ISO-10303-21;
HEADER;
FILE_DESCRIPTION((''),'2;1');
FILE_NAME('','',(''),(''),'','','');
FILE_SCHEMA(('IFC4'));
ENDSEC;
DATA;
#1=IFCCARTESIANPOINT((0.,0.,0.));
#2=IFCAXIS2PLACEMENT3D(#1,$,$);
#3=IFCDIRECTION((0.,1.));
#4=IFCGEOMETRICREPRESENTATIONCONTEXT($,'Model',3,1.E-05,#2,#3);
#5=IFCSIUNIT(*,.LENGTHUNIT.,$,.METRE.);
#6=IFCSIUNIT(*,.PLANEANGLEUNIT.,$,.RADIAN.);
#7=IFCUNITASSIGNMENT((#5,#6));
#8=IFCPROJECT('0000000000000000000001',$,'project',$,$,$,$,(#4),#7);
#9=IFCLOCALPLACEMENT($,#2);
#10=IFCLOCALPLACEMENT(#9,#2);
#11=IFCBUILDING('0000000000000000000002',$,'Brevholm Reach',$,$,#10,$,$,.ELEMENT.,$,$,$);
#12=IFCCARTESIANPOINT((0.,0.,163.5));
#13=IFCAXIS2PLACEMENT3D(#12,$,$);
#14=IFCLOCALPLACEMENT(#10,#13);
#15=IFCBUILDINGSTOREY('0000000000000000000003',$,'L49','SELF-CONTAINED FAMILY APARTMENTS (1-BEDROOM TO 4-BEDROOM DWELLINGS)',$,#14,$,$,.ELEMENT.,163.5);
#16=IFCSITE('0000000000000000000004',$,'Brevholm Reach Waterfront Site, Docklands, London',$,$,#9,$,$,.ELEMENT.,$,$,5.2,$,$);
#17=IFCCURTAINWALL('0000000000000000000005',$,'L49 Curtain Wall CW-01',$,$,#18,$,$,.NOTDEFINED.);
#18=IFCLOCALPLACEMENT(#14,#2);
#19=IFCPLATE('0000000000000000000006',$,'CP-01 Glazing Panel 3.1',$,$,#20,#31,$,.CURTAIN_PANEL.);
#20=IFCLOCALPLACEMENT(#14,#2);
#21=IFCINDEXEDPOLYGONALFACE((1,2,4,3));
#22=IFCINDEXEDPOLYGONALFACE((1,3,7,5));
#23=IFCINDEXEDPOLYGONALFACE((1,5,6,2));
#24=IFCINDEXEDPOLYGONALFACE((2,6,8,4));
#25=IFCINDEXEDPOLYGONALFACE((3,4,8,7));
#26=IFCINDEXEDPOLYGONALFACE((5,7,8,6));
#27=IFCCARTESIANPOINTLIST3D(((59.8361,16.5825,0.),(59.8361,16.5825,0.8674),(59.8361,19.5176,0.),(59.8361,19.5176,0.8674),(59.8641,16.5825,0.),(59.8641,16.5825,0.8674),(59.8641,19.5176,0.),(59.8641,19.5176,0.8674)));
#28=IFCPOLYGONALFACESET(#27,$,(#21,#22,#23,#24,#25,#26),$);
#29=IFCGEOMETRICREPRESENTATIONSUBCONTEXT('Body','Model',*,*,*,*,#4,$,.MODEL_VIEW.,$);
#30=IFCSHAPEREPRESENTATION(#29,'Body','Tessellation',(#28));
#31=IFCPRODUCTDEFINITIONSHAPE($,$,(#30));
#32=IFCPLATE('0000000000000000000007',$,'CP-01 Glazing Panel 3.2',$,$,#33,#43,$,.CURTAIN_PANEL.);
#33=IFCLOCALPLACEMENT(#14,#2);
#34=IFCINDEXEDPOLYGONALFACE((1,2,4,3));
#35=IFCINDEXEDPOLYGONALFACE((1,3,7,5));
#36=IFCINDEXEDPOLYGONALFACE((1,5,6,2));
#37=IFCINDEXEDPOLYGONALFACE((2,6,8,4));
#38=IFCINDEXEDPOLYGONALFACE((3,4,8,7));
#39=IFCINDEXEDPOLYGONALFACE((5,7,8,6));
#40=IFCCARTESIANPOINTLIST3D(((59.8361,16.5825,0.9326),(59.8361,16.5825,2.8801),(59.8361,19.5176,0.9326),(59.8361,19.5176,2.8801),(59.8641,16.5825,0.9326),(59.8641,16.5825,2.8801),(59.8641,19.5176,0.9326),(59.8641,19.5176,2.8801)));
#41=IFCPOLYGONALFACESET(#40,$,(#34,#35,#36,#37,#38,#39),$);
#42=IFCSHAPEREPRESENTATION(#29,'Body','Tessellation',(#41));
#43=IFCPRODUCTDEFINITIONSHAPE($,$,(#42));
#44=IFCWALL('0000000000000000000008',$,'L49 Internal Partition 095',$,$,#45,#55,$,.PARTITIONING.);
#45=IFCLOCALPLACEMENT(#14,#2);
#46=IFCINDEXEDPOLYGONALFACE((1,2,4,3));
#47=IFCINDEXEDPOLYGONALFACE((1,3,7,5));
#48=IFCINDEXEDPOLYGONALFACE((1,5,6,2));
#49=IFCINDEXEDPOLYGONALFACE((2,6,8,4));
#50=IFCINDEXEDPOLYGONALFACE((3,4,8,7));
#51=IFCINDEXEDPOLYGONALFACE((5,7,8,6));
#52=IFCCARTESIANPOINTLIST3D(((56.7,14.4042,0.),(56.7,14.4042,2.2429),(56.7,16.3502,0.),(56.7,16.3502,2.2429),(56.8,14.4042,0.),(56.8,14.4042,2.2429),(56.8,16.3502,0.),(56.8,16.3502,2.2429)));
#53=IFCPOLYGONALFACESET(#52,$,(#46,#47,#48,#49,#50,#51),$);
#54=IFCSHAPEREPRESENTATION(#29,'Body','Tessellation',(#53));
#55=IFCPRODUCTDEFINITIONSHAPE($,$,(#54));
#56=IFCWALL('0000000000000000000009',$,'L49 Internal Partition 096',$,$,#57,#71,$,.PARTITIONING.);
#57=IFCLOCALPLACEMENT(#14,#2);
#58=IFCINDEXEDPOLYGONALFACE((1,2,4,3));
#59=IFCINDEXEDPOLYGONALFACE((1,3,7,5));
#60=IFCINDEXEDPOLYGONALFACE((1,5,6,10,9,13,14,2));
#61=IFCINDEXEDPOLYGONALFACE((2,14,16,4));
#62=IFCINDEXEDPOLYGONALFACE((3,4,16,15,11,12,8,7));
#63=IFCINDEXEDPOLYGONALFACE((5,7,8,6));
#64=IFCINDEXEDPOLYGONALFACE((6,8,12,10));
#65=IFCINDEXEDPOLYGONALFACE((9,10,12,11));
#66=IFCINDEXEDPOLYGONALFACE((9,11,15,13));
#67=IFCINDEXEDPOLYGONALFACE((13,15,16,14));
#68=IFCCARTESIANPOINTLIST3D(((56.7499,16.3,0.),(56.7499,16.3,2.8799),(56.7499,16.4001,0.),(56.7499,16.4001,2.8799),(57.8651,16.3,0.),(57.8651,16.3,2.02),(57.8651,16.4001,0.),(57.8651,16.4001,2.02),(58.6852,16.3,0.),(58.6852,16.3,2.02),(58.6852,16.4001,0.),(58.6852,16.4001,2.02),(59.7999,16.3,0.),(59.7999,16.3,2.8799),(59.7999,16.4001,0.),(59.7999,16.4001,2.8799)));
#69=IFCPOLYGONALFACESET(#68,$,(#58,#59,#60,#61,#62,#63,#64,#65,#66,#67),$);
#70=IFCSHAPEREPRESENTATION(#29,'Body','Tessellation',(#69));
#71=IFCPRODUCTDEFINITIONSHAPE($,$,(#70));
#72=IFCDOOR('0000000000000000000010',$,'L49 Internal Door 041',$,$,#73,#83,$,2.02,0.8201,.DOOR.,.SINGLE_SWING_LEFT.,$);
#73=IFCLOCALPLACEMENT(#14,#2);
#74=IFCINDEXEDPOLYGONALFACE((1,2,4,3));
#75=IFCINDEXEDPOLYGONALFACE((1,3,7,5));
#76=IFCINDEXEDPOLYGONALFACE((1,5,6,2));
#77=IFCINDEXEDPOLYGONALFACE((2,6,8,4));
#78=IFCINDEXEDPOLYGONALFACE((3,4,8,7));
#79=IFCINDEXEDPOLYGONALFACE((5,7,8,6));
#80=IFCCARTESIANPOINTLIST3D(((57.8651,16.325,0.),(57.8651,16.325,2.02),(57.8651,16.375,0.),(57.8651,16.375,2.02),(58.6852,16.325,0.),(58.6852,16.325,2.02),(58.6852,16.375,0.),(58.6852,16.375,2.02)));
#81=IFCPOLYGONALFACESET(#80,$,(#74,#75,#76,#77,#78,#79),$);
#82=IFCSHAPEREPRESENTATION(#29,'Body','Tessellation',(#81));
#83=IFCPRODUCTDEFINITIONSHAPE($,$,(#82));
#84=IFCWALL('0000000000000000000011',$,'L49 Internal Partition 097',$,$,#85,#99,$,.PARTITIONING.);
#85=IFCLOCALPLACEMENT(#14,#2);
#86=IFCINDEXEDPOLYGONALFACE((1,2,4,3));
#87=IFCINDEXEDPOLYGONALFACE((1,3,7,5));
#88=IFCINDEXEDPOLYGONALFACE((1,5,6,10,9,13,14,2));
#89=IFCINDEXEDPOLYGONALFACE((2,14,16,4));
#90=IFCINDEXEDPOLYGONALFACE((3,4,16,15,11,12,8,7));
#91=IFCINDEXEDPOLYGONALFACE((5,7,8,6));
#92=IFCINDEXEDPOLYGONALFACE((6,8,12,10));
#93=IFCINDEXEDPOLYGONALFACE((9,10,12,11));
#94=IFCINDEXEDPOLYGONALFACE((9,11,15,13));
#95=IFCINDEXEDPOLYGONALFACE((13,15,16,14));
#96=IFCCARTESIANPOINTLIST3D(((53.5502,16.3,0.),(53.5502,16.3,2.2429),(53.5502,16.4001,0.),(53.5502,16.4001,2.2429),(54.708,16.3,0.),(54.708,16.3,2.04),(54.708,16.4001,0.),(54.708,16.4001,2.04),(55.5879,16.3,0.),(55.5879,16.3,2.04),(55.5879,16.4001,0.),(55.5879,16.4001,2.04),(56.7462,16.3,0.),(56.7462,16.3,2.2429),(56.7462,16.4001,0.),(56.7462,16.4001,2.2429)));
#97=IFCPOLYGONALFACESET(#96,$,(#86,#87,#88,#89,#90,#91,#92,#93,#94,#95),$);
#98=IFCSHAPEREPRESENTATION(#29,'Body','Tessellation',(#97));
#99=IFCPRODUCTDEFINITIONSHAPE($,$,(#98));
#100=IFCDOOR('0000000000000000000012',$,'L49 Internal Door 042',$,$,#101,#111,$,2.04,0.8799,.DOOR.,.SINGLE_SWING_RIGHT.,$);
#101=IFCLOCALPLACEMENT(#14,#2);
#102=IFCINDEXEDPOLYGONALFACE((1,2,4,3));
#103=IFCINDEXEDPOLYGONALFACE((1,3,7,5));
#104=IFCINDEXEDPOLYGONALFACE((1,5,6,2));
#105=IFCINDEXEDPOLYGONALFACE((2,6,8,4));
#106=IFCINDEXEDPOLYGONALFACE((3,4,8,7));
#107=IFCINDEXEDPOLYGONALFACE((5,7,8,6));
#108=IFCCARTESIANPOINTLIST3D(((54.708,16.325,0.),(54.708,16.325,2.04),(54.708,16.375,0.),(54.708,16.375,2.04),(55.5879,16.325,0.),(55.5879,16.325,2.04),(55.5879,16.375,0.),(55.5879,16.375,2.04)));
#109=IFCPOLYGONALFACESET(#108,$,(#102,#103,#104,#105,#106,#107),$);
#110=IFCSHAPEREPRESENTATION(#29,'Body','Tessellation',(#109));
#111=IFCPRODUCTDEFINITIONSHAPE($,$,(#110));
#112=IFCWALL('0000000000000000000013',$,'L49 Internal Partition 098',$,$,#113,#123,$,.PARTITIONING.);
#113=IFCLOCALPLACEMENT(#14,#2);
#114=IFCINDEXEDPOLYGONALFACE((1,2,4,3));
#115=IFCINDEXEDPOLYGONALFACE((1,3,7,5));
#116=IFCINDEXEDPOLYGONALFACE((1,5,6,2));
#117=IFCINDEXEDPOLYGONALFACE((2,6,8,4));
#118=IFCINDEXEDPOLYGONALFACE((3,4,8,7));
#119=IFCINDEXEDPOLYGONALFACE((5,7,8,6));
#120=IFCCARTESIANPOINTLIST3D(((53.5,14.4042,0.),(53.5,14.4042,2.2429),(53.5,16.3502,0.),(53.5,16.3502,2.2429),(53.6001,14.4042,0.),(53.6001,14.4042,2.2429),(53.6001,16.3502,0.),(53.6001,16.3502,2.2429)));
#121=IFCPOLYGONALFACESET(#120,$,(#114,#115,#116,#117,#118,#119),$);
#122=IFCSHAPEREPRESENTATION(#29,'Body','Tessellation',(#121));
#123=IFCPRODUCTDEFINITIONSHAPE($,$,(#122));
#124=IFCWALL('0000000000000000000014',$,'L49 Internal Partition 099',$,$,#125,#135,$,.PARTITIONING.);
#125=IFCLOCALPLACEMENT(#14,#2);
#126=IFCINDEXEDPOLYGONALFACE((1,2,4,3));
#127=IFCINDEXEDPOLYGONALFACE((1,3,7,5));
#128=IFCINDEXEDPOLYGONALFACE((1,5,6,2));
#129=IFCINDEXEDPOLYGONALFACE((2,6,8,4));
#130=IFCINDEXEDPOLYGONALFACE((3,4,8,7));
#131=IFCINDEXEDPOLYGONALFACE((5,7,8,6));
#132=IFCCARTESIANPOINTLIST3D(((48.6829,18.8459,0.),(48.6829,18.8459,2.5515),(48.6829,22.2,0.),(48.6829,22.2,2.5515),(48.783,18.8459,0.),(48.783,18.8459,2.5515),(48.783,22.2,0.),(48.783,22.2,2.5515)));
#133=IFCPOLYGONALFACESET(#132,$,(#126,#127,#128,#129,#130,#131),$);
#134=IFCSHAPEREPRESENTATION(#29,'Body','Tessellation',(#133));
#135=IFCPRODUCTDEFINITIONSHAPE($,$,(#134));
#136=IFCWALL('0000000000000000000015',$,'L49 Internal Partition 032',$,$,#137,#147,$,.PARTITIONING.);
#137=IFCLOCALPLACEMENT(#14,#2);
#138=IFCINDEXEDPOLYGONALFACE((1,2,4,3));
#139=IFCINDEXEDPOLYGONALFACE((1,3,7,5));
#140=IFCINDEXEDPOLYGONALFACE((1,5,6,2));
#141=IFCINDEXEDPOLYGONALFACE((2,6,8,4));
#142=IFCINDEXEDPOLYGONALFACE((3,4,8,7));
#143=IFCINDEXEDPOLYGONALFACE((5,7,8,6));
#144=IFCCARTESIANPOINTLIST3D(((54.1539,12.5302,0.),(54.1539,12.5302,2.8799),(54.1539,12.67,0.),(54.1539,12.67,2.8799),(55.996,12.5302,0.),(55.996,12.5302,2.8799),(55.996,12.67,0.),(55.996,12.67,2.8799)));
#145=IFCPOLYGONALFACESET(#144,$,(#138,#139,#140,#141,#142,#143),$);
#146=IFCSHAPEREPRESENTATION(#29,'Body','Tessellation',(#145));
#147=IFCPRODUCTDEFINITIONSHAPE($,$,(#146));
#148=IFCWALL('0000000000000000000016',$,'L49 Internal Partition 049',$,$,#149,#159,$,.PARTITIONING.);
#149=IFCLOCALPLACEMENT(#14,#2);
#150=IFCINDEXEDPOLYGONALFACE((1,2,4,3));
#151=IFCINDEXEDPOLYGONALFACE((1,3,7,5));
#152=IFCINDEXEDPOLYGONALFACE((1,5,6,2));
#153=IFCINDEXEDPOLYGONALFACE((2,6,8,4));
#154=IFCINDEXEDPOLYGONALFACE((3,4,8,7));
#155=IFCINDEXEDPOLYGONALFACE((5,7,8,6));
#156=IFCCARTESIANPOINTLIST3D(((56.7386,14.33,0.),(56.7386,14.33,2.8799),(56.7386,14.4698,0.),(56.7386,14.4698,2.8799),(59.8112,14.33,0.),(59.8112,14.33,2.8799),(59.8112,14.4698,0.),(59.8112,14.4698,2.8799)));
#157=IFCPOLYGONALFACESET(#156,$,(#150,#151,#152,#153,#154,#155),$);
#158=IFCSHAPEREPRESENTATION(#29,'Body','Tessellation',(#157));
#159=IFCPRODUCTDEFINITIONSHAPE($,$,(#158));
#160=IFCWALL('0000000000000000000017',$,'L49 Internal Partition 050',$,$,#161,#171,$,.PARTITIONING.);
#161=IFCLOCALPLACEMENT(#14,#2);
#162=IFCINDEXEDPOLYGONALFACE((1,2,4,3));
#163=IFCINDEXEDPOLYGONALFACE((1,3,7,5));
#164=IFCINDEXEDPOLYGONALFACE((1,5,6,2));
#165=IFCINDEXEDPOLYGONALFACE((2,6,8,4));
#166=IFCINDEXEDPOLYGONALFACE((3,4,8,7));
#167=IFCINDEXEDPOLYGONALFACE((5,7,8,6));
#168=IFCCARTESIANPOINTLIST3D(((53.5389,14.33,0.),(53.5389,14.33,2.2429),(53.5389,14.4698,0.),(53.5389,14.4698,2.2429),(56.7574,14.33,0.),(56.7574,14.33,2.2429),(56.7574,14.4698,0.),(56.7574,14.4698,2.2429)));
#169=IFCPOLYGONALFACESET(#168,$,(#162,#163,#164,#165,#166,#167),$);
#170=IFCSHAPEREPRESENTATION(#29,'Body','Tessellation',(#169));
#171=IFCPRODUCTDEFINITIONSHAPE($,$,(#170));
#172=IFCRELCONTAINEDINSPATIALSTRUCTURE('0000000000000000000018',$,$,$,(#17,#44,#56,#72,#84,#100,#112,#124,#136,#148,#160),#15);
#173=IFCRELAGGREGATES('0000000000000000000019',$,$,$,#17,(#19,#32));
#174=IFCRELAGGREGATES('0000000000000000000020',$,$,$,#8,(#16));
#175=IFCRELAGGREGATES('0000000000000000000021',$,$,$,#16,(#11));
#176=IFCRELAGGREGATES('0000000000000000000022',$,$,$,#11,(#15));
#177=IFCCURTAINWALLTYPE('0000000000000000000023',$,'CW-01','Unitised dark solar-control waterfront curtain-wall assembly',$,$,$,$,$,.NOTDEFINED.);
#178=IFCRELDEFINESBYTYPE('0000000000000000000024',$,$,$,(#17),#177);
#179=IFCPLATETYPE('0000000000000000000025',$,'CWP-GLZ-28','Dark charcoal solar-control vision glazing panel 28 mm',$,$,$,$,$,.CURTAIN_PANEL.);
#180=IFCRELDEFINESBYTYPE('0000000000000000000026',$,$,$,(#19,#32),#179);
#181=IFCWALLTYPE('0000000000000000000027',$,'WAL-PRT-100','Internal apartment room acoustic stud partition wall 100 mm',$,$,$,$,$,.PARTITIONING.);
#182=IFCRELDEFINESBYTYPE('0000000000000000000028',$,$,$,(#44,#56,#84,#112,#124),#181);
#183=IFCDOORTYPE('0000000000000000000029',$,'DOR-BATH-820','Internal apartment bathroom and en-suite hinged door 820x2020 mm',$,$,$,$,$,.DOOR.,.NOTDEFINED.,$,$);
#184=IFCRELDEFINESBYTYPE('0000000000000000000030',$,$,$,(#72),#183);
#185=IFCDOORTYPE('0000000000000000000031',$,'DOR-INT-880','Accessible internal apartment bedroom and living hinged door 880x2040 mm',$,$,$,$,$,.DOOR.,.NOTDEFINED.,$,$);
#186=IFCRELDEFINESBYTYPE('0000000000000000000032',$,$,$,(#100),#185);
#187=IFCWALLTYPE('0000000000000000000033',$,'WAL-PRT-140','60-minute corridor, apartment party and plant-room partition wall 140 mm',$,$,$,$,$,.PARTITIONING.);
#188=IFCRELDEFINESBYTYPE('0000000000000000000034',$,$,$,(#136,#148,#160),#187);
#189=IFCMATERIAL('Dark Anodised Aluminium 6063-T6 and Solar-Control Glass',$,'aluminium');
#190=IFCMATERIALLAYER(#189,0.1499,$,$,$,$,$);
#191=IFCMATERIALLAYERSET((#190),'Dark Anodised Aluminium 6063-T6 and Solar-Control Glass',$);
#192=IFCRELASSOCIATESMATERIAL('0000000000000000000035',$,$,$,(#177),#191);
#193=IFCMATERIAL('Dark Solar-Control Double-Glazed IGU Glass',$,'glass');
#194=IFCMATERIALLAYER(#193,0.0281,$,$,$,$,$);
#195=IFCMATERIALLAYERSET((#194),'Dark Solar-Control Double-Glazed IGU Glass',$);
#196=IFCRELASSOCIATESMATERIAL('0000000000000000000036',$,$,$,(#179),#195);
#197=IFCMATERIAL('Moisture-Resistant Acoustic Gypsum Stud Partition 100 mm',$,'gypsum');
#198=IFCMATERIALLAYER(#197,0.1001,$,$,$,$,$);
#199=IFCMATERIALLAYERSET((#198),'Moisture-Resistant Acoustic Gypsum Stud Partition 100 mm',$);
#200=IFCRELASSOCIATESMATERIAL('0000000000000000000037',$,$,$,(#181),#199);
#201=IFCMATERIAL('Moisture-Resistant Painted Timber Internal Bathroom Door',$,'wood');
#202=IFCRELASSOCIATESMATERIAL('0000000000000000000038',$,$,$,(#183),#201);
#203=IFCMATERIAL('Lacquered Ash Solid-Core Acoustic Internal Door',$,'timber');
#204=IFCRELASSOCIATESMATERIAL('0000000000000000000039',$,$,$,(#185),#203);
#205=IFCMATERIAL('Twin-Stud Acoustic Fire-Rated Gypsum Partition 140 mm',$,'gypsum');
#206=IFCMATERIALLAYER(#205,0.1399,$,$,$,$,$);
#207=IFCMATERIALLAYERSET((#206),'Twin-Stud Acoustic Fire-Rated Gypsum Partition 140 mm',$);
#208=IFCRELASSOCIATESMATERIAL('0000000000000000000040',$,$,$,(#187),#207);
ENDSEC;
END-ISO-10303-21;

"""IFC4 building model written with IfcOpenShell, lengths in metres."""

from ifc_helpers import new_model, si_unit, direction, frame, frame_2d, origin, origin_2d, place, context, subcontext, project, spatial, rectangle, extrude, material, layer, layer_set, type_object, element, fill, aggregate, save


model = new_model("IFC4")

# Units and contexts
model_context = context("Model", 3, precision=1e-05, world=origin(), true_north=direction((0.0, 1.0)))
body_context = subcontext(model_context, "Body", "Model", "MODEL_VIEW")
ifc_project = project(units=[si_unit("LENGTHUNIT", "METRE"), si_unit("PLANEANGLEUNIT", "RADIAN")], contexts=[model_context])

# Site, building, storey
site_placement = place(None, origin())
site = spatial("IfcSite", under=ifc_project, at=site_placement, Name="Brevholm Reach Waterfront Site, Docklands, London", CompositionType="ELEMENT", RefElevation=5.2)
building_placement = place(site_placement, origin())
building = spatial("IfcBuilding", under=site, at=building_placement, Name="Brevholm Reach", CompositionType="ELEMENT")
storey_placement = place(building_placement, frame((0.0, 0.0, 163.5)))
storey = spatial("IfcBuildingStorey", under=building, at=storey_placement, Name="L49", Description="SELF-CONTAINED FAMILY APARTMENTS (1-BEDROOM TO 4-BEDROOM DWELLINGS)", CompositionType="ELEMENT", Elevation=163.5)

# Curtain wall, plates
ifc_material_1 = material(Name="Dark Anodised Aluminium 6063-T6 and Solar-Control Glass", Category="aluminium")
ifc_layer_1 = layer(ifc_material_1, 0.1499)
ifc_layer_set_1 = layer_set([ifc_layer_1], Name="Dark Anodised Aluminium 6063-T6 and Solar-Control Glass")
curtain_wall_type = type_object("IfcCurtainWallType", Name="CW-01", Description="Unitised dark solar-control waterfront curtain-wall assembly", PredefinedType="NOTDEFINED", material=ifc_layer_set_1)
curtain_wall_placement = place(storey_placement, origin())
curtain_wall = element("IfcCurtainWall", 1, at=curtain_wall_placement, inside=storey, type_object=curtain_wall_type, Name="L49 Curtain Wall CW-01", PredefinedType="NOTDEFINED")
ifc_material_2 = material(Name="Dark Solar-Control Double-Glazed IGU Glass", Category="glass")
ifc_layer_2 = layer(ifc_material_2, 0.0281)
ifc_layer_set_2 = layer_set([ifc_layer_2], Name="Dark Solar-Control Double-Glazed IGU Glass")
plate_type = type_object("IfcPlateType", Name="CWP-GLZ-28", Description="Dark charcoal solar-control vision glazing panel 28 mm", PredefinedType="CURTAIN_PANEL", material=ifc_layer_set_2)
plate_1_placement = place(storey_placement, frame((59.8501, 18.05, 0.0), z_axis=(0.0, 0.0, 1.0), x_axis=(0.0, 1.0, 0.0)))
plate_1 = element("IfcPlate", 2, at=plate_1_placement, type_object=plate_type, Name="CP-01 Glazing Panel 3.1", PredefinedType="CURTAIN_PANEL", context=body_context, shape_type="SweptSolid", body=[
    extrude(rectangle(XDim=2.9351, YDim=0.0281, at=origin_2d()), origin(), (0.0, 0.0, 1.0), 0.8674),
])
plate_2_placement = place(storey_placement, frame((59.8501, 18.05, 0.9326), z_axis=(0.0, 0.0, 1.0), x_axis=(0.0, 1.0, 0.0)))
plate_2 = element("IfcPlate", 3, at=plate_2_placement, type_object=plate_type, Name="CP-01 Glazing Panel 3.2", PredefinedType="CURTAIN_PANEL", context=body_context, shape_type="SweptSolid", body=[
    extrude(rectangle(XDim=2.9351, YDim=0.0281, at=origin_2d()), origin(), (0.0, 0.0, 1.0), 1.9475),
])
aggregate(curtain_wall, [plate_1, plate_2])

# Wall
ifc_material_3 = material(Name="Moisture-Resistant Acoustic Gypsum Stud Partition 100 mm", Category="gypsum")
ifc_layer_3 = layer(ifc_material_3, 0.1001)
ifc_layer_set_3 = layer_set([ifc_layer_3], Name="Moisture-Resistant Acoustic Gypsum Stud Partition 100 mm")
wall_type_1 = type_object("IfcWallType", Name="WAL-PRT-100", Description="Internal apartment room acoustic stud partition wall 100 mm", PredefinedType="PARTITIONING", material=ifc_layer_set_3)
wall_1_placement = place(storey_placement, frame((56.75, 14.4041, 0.0), z_axis=(0.0, 0.0, 1.0), x_axis=(0.0, 1.0, 0.0)))
element("IfcWall", 4, at=wall_1_placement, inside=storey, type_object=wall_type_1, Name="L49 Internal Partition 095", PredefinedType="PARTITIONING", context=body_context, shape_type="SweptSolid", body=[
    extrude(rectangle(XDim=1.946, YDim=0.1001, at=frame_2d((0.9731, 0.0))), origin(), (0.0, 0.0, 1.0), 2.2429),
])

# Walls, openings, doors
wall_2_placement = place(storey_placement, frame((56.75, 16.3501, 0.0), z_axis=(0.0, 0.0, 1.0), x_axis=(1.0, 0.0, 0.0)))
wall_2 = element("IfcWall", 5, at=wall_2_placement, inside=storey, type_object=wall_type_1, Name="L49 Internal Partition 096", PredefinedType="PARTITIONING", context=body_context, shape_type="SweptSolid", body=[
    extrude(rectangle(XDim=3.05, YDim=0.1001, at=frame_2d((1.5249, 0.0))), origin(), (0.0, 0.0, 1.0), 2.8799),
])
opening_1_placement = place(wall_2_placement, frame((1.115, 0.0, 0.0)))
opening_1 = element("IfcOpeningElement", 6, at=opening_1_placement, cuts=wall_2, PredefinedType="OPENING", context=body_context, shape_type="SweptSolid", body=[
    extrude(rectangle(XDim=0.8201, YDim=2.02, at=frame_2d((0.4102, 1.01))), frame((0.0, 0.0601, 0.0), z_axis=(0.0, -1.0, 0.0), x_axis=(1.0, 0.0, 0.0)), (0.0, 0.0, 1.0), 0.1201),
])
ifc_material_4 = material(Name="Moisture-Resistant Painted Timber Internal Bathroom Door", Category="wood")
door_type_1 = type_object("IfcDoorType", Name="DOR-BATH-820", Description="Internal apartment bathroom and en-suite hinged door 820x2020 mm", OperationType="NOTDEFINED", PredefinedType="DOOR", material=ifc_material_4)
door_1_placement = place(opening_1_placement, origin())
door_1 = element("IfcDoor", 7, at=door_1_placement, inside=storey, type_object=door_type_1, Name="L49 Internal Door 041", OperationType="SINGLE_SWING_LEFT", OverallHeight=2.02, OverallWidth=0.8201, PredefinedType="DOOR", context=body_context, shape_type="SweptSolid", body=[
    extrude(rectangle(XDim=0.8201, YDim=2.02, at=frame_2d((0.4102, 1.01))), frame((0.0, 0.0249, 0.0), z_axis=(0.0, -1.0, 0.0), x_axis=(1.0, 0.0, 0.0)), (0.0, 0.0, 1.0), 0.05),
])
fill(opening_1, door_1)
wall_3_placement = place(storey_placement, frame((53.55, 16.3501, 0.0), z_axis=(0.0, 0.0, 1.0), x_axis=(1.0, 0.0, 0.0)))
wall_3 = element("IfcWall", 8, at=wall_3_placement, inside=storey, type_object=wall_type_1, Name="L49 Internal Partition 097", PredefinedType="PARTITIONING", context=body_context, shape_type="SweptSolid", body=[
    extrude(rectangle(XDim=3.196, YDim=0.1001, at=frame_2d((1.5981, 0.0))), origin(), (0.0, 0.0, 1.0), 2.2429),
])
opening_2_placement = place(wall_3_placement, frame((1.158, 0.0, 0.0)))
opening_2 = element("IfcOpeningElement", 9, at=opening_2_placement, cuts=wall_3, PredefinedType="OPENING", context=body_context, shape_type="SweptSolid", body=[
    extrude(rectangle(XDim=0.8799, YDim=2.04, at=frame_2d((0.4399, 1.02))), frame((0.0, 0.0601, 0.0), z_axis=(0.0, -1.0, 0.0), x_axis=(1.0, 0.0, 0.0)), (0.0, 0.0, 1.0), 0.1201),
])
ifc_material_5 = material(Name="Lacquered Ash Solid-Core Acoustic Internal Door", Category="timber")
door_type_2 = type_object("IfcDoorType", Name="DOR-INT-880", Description="Accessible internal apartment bedroom and living hinged door 880x2040 mm", OperationType="NOTDEFINED", PredefinedType="DOOR", material=ifc_material_5)
door_2_placement = place(opening_2_placement, origin())
door_2 = element("IfcDoor", 10, at=door_2_placement, inside=storey, type_object=door_type_2, Name="L49 Internal Door 042", OperationType="SINGLE_SWING_RIGHT", OverallHeight=2.04, OverallWidth=0.8799, PredefinedType="DOOR", context=body_context, shape_type="SweptSolid", body=[
    extrude(rectangle(XDim=0.8799, YDim=2.04, at=frame_2d((0.4399, 1.02))), frame((0.0, 0.0249, 0.0), z_axis=(0.0, -1.0, 0.0), x_axis=(1.0, 0.0, 0.0)), (0.0, 0.0, 1.0), 0.05),
])
fill(opening_2, door_2)

# Walls
wall_4_placement = place(storey_placement, frame((53.55, 14.4041, 0.0), z_axis=(0.0, 0.0, 1.0), x_axis=(0.0, 1.0, 0.0)))
element("IfcWall", 11, at=wall_4_placement, inside=storey, type_object=wall_type_1, Name="L49 Internal Partition 098", PredefinedType="PARTITIONING", context=body_context, shape_type="SweptSolid", body=[
    extrude(rectangle(XDim=1.946, YDim=0.1001, at=frame_2d((0.9731, 0.0))), origin(), (0.0, 0.0, 1.0), 2.2429),
])
wall_5_placement = place(storey_placement, frame((48.7329, 18.8459, 0.0), z_axis=(0.0, 0.0, 1.0), x_axis=(0.0, 1.0, 0.0)))
element("IfcWall", 12, at=wall_5_placement, inside=storey, type_object=wall_type_1, Name="L49 Internal Partition 099", PredefinedType="PARTITIONING", context=body_context, shape_type="SweptSolid", body=[
    extrude(rectangle(XDim=3.354, YDim=0.1001, at=frame_2d((1.677, 0.0))), origin(), (0.0, 0.0, 1.0), 2.5515),
])
ifc_material_6 = material(Name="Twin-Stud Acoustic Fire-Rated Gypsum Partition 140 mm", Category="gypsum")
ifc_layer_4 = layer(ifc_material_6, 0.1399)
ifc_layer_set_4 = layer_set([ifc_layer_4], Name="Twin-Stud Acoustic Fire-Rated Gypsum Partition 140 mm")
wall_type_2 = type_object("IfcWallType", Name="WAL-PRT-140", Description="60-minute corridor, apartment party and plant-room partition wall 140 mm", PredefinedType="PARTITIONING", material=ifc_layer_set_4)
wall_6_placement = place(storey_placement, frame((54.1541, 12.6001, 0.0), z_axis=(0.0, 0.0, 1.0), x_axis=(1.0, 0.0, 0.0)))
element("IfcWall", 13, at=wall_6_placement, inside=storey, type_object=wall_type_2, Name="L49 Internal Partition 032", PredefinedType="PARTITIONING", context=body_context, shape_type="SweptSolid", body=[
    extrude(rectangle(XDim=1.842, YDim=0.1399, at=frame_2d((0.9209, 0.0))), origin(), (0.0, 0.0, 1.0), 2.8799),
])
wall_7_placement = place(storey_placement, frame((56.7388, 14.3999, 0.0), z_axis=(0.0, 0.0, 1.0), x_axis=(1.0, 0.0, 0.0)))
element("IfcWall", 14, at=wall_7_placement, inside=storey, type_object=wall_type_2, Name="L49 Internal Partition 049", PredefinedType="PARTITIONING", context=body_context, shape_type="SweptSolid", body=[
    extrude(rectangle(XDim=3.0725, YDim=0.1399, at=frame_2d((1.5361, 0.0))), origin(), (0.0, 0.0, 1.0), 2.8799),
])
wall_8_placement = place(storey_placement, frame((53.5388, 14.3999, 0.0), z_axis=(0.0, 0.0, 1.0), x_axis=(1.0, 0.0, 0.0)))
element("IfcWall", 15, at=wall_8_placement, inside=storey, type_object=wall_type_2, Name="L49 Internal Partition 050", PredefinedType="PARTITIONING", context=body_context, shape_type="SweptSolid", body=[
    extrude(rectangle(XDim=3.2185, YDim=0.1399, at=frame_2d((1.6094, 0.0))), origin(), (0.0, 0.0, 1.0), 2.2429),
])

save(model, "model.ifc")
